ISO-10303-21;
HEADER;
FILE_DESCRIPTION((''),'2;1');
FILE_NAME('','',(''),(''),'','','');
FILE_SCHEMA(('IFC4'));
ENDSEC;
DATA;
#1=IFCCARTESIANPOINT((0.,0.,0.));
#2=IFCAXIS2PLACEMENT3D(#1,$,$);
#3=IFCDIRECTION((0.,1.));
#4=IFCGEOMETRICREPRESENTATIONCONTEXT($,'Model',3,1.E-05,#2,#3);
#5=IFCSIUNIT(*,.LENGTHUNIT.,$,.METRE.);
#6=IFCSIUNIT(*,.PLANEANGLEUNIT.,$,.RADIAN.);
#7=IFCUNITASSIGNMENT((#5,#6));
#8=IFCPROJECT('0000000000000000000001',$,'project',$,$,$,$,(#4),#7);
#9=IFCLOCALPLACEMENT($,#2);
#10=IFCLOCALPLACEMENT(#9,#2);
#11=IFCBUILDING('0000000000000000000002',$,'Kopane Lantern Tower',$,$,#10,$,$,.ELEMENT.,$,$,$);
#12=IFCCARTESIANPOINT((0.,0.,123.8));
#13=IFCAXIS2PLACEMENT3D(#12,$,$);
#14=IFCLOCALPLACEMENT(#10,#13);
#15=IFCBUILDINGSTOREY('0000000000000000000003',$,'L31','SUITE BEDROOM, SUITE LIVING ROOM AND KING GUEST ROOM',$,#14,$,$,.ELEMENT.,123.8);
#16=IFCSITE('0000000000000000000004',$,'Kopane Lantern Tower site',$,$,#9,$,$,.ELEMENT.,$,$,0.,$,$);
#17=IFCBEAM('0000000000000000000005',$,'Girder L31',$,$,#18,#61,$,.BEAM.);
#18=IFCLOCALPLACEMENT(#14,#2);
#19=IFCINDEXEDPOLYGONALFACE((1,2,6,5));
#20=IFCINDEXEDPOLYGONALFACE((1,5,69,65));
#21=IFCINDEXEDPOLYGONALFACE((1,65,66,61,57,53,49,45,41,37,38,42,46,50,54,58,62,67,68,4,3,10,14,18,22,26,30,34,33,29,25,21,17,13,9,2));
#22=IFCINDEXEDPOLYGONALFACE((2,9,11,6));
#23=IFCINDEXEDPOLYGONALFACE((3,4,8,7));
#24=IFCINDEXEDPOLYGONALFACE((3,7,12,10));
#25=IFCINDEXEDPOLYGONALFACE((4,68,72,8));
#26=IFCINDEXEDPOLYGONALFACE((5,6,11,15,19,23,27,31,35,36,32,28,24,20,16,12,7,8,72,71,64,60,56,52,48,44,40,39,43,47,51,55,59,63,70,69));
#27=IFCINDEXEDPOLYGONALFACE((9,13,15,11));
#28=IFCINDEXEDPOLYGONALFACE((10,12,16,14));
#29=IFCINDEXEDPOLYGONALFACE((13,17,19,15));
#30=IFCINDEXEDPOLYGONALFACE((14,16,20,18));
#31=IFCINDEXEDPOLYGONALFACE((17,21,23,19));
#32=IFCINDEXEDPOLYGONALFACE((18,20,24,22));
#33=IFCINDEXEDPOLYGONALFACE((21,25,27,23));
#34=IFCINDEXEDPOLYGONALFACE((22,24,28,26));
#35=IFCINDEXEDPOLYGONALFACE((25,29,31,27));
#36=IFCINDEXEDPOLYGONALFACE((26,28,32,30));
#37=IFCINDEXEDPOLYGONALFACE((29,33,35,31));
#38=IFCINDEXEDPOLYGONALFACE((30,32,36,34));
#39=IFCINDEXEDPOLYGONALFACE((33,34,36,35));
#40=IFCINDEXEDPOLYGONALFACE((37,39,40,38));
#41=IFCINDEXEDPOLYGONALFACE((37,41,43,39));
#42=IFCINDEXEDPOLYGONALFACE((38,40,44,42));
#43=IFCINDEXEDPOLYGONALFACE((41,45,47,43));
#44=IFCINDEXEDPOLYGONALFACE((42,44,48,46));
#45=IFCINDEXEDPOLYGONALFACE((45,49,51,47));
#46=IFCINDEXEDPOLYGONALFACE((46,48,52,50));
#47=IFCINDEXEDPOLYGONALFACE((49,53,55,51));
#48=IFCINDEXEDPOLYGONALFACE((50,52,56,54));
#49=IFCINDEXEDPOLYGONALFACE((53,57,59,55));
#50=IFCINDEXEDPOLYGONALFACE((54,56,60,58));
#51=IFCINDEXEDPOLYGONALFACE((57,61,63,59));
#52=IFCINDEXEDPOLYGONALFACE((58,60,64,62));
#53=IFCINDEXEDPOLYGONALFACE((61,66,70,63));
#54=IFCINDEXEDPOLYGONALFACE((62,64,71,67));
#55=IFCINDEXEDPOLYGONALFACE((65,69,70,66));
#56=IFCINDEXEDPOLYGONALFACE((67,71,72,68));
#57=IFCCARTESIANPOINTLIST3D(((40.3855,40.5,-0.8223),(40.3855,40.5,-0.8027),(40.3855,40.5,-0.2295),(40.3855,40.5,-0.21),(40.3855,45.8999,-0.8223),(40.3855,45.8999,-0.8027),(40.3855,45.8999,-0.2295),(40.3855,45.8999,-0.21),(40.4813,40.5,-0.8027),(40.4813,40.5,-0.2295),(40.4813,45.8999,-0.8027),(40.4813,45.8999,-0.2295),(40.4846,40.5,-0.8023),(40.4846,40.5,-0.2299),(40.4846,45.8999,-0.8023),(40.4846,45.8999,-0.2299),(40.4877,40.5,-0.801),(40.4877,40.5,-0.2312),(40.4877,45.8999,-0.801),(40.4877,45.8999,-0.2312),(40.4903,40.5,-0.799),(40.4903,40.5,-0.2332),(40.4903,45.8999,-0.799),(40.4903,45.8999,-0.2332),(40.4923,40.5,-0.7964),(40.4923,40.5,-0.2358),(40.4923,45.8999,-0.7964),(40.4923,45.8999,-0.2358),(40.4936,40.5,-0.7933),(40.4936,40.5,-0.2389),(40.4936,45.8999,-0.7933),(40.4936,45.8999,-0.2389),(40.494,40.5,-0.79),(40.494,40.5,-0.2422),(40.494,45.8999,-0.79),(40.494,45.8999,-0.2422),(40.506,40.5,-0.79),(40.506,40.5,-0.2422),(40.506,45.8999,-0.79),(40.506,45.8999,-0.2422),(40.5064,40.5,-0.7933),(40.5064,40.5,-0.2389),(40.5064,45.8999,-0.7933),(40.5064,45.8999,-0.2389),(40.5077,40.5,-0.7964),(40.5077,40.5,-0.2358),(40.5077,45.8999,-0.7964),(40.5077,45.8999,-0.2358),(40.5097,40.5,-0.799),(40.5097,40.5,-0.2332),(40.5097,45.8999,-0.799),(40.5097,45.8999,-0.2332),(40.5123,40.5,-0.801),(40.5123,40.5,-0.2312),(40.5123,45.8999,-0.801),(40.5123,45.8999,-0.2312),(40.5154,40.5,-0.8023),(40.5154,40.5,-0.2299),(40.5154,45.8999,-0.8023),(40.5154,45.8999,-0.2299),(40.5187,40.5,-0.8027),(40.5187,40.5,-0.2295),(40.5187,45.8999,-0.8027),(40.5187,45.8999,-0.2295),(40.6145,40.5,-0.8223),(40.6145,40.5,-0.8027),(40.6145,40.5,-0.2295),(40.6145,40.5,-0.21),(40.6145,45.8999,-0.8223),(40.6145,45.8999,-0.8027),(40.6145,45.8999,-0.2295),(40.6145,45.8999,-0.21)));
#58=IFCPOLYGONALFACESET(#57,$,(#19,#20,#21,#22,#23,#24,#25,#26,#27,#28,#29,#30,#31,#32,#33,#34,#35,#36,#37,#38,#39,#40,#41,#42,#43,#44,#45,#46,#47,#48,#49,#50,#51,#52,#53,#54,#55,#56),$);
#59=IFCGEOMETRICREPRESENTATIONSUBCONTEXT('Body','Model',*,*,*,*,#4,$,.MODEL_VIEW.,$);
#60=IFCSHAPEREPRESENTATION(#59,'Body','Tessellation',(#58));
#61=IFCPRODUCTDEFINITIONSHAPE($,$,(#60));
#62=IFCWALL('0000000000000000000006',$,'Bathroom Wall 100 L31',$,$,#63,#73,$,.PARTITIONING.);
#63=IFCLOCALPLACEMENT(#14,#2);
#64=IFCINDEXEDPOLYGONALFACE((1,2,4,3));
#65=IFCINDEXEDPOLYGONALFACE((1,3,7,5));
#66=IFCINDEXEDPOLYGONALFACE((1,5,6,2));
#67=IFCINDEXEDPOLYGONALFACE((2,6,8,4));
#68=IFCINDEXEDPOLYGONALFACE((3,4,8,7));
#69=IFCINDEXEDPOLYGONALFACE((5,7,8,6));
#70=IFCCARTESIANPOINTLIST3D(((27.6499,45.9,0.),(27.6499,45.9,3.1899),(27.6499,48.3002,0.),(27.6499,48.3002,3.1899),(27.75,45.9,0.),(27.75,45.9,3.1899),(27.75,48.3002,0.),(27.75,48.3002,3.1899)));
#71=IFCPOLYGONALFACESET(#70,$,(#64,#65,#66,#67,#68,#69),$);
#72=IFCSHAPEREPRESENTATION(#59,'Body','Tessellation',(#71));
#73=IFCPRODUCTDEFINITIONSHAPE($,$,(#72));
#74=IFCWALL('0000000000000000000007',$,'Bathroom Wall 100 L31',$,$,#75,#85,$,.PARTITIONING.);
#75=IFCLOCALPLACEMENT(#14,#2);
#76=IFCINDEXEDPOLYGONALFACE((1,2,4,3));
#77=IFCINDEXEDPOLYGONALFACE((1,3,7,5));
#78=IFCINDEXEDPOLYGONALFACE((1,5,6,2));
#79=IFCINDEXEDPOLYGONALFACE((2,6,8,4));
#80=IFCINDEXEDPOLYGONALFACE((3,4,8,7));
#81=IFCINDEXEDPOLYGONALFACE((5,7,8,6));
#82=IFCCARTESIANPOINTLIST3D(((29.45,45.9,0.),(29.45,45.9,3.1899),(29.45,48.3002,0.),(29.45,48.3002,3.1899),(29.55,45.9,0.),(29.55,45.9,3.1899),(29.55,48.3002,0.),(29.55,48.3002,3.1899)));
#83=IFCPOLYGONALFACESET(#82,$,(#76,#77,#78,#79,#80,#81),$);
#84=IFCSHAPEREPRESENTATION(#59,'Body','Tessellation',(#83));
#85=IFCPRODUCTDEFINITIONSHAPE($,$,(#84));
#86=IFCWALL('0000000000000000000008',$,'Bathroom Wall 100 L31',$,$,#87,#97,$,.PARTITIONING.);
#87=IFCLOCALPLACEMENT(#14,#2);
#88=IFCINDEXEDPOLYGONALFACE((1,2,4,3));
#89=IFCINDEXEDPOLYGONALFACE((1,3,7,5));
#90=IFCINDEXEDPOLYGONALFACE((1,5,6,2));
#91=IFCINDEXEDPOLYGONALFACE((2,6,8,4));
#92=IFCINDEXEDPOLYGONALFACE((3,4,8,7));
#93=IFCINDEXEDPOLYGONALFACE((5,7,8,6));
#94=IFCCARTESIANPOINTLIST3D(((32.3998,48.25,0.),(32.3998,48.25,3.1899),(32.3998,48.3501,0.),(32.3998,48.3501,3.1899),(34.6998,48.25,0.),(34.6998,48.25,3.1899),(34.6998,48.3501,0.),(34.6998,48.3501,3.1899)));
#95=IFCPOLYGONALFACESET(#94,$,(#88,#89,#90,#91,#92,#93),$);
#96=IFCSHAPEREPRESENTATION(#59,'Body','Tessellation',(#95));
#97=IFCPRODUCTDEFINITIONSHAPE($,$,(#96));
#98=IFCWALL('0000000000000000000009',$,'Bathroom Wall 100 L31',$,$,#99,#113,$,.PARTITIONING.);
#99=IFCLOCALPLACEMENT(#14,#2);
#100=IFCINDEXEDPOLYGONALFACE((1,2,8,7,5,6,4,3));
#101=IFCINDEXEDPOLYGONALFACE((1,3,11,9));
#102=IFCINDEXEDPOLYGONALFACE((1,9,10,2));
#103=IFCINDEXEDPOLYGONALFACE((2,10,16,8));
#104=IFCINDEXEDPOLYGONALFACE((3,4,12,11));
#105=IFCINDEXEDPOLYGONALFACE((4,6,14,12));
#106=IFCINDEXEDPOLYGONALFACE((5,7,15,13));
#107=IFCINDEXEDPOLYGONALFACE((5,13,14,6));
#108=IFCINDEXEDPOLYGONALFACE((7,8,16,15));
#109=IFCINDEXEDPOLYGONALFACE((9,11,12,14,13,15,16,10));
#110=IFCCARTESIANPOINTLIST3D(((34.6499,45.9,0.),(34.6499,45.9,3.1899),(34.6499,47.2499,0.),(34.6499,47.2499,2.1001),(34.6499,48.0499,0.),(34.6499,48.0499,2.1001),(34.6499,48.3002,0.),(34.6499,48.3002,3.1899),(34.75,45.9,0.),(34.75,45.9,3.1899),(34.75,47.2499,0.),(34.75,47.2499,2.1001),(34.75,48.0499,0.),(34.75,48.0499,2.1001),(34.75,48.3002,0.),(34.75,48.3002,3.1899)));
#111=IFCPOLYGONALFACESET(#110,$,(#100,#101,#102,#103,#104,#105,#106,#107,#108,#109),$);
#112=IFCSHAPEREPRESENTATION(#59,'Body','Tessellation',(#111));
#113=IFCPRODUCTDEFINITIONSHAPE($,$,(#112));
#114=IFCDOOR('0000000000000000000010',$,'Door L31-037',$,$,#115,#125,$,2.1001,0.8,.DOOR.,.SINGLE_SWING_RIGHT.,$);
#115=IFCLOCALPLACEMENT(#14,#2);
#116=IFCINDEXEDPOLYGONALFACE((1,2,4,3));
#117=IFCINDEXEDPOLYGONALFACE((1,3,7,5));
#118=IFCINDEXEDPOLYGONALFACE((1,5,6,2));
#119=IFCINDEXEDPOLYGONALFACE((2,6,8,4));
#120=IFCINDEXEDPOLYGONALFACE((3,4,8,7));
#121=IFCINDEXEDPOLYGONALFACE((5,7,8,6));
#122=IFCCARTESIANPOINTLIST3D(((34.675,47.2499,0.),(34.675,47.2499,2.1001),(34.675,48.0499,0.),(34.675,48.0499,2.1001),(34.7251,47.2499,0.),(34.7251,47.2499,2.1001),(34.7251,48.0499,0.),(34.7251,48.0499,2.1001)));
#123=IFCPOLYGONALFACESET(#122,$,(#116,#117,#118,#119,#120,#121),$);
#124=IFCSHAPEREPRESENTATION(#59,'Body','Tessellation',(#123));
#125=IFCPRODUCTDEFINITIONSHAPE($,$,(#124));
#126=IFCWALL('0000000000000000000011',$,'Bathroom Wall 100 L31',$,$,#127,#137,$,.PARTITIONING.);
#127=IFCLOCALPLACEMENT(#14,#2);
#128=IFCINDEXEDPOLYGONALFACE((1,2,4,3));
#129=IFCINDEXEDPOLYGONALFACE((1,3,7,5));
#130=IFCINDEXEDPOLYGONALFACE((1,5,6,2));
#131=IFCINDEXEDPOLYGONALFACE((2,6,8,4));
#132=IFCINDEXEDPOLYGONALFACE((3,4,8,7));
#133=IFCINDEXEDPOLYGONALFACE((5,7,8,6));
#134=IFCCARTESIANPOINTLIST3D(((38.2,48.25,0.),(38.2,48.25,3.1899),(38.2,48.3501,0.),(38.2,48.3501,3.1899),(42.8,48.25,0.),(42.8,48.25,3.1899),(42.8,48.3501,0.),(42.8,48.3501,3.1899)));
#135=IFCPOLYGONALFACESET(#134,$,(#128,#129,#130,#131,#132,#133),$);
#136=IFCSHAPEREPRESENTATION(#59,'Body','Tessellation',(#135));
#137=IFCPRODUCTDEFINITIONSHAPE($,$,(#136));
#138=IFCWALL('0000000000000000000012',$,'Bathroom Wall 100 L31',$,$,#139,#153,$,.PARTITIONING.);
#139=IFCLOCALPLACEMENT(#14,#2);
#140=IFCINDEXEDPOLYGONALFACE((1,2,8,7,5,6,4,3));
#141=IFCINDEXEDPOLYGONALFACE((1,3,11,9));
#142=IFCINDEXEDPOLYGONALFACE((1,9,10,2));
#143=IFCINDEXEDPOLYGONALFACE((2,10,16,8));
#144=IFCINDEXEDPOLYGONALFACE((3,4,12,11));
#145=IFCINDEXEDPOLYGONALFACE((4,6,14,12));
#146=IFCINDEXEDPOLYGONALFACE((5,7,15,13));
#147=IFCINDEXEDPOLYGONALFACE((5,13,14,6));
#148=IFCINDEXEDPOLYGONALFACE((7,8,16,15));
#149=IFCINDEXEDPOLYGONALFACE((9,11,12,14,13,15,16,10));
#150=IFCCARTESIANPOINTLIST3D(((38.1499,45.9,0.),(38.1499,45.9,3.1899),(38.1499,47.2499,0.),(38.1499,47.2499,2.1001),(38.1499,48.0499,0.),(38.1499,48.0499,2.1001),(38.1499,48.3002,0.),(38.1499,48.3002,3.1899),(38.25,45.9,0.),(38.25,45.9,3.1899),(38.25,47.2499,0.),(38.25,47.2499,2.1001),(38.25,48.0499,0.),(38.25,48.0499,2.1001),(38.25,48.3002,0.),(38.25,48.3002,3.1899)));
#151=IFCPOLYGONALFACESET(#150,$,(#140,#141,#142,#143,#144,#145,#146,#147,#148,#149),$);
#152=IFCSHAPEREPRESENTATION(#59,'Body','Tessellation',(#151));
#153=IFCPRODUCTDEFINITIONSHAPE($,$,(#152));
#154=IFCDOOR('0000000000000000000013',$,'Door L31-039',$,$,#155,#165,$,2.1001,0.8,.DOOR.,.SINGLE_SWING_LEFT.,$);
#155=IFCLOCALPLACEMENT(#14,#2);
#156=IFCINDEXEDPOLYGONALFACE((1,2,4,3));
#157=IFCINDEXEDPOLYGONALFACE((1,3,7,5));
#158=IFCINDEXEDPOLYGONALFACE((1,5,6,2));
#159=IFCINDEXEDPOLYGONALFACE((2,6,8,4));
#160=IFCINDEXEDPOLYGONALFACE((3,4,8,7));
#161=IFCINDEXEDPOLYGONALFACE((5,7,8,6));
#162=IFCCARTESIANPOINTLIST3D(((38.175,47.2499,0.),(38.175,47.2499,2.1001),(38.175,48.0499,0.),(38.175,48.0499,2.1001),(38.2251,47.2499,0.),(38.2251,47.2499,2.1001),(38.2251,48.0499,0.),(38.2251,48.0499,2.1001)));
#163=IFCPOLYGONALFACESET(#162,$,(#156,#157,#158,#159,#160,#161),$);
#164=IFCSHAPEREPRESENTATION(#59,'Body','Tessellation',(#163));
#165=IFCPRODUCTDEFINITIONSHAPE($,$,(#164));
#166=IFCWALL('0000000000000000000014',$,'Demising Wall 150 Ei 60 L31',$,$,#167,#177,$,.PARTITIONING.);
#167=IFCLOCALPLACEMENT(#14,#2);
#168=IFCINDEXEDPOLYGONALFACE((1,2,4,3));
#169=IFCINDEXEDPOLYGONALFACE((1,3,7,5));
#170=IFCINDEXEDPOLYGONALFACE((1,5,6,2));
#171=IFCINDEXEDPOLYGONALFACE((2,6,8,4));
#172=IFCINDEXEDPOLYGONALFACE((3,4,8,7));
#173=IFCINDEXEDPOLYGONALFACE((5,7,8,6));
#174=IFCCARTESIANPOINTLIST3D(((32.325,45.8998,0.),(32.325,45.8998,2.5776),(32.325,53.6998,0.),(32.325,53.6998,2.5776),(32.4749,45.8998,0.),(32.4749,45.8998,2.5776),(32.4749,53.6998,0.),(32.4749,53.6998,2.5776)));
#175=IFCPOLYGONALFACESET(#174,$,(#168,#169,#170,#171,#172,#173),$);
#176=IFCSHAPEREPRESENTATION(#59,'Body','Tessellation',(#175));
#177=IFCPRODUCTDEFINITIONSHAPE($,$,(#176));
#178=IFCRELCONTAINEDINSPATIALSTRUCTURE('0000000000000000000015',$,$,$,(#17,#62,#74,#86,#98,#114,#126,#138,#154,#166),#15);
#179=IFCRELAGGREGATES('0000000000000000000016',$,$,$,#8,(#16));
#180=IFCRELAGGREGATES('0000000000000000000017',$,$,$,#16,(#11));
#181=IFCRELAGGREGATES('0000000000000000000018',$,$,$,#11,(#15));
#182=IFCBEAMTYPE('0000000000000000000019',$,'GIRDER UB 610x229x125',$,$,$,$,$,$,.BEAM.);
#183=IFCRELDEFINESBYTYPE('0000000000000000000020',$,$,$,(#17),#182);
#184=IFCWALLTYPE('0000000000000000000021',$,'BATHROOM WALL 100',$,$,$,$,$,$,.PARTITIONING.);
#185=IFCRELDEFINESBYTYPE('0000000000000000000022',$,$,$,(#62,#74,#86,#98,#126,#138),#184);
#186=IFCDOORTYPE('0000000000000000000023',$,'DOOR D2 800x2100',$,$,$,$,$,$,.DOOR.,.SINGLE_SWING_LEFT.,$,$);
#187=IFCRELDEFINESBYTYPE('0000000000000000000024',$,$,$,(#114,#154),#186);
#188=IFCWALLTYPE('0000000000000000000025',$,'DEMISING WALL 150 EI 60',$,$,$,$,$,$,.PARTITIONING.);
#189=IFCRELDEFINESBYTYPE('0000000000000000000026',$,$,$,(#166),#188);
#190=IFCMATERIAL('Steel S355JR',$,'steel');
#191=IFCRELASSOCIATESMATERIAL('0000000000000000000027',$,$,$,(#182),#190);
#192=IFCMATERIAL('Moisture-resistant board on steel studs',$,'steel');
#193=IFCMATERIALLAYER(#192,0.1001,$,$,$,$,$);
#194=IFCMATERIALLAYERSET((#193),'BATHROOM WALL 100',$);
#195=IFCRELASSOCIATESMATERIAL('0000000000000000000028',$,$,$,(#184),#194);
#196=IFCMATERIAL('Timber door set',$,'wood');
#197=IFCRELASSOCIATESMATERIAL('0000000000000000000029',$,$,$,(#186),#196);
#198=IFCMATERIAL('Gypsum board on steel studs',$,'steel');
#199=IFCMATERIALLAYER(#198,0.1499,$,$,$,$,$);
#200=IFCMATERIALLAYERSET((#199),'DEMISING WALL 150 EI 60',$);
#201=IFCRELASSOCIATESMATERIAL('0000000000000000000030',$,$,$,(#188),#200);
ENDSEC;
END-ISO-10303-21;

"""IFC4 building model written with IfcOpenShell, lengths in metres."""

from ifc_helpers import new_model, si_unit, direction, frame, frame_2d, origin, origin_2d, place, context, subcontext, project, spatial, rectangle, i_section, extrude, material, layer, layer_set, material_profile, profile_set, type_object, element, fill, save


model = new_model("IFC4")

# Units and contexts
model_context = context("Model", 3, precision=1e-05, world=origin(), true_north=direction((0.0, 1.0)))
body_context = subcontext(model_context, "Body", "Model", "MODEL_VIEW")
ifc_project = project(units=[si_unit("LENGTHUNIT", "METRE"), si_unit("PLANEANGLEUNIT", "RADIAN")], contexts=[model_context])

# Site, building, storey
site_placement = place(None, origin())
site = spatial("IfcSite", under=ifc_project, at=site_placement, Name="Kopane Lantern Tower site", CompositionType="ELEMENT", RefElevation=0.0)
building_placement = place(site_placement, origin())
building = spatial("IfcBuilding", under=site, at=building_placement, Name="Kopane Lantern Tower", CompositionType="ELEMENT")
storey_placement = place(building_placement, frame((0.0, 0.0, 123.8)))
storey = spatial("IfcBuildingStorey", under=building, at=storey_placement, Name="L31", Description="SUITE BEDROOM, SUITE LIVING ROOM AND KING GUEST ROOM", CompositionType="ELEMENT", Elevation=123.8)

# Beam
ifc_material_1 = material(Name="Steel S355JR", Category="steel")
ifc_material_profile_1 = material_profile(ifc_material_1, i_section(OverallWidth=0.229, OverallDepth=0.6123, WebThickness=0.012, FlangeThickness=0.0195, FilletRadius=0.0127, at=origin_2d()), Name="UB 610x229x125")
ifc_profile_set_1 = profile_set([ifc_material_profile_1], Name="Steel S355JR")
beam_type = type_object("IfcBeamType", Name="GIRDER UB 610x229x125", PredefinedType="BEAM", material=ifc_profile_set_1)
beam_1_placement = place(storey_placement, frame((40.5, 40.5, -0.5161), z_axis=(0.0, 1.0, 0.0), x_axis=(-1.0, 0.0, 0.0)))
element("IfcBeam", 1, at=beam_1_placement, inside=storey, type_object=beam_type, Name="Girder L31", PredefinedType="BEAM", context=body_context, shape_type="SweptSolid", body=[
    extrude(i_section(OverallWidth=0.229, OverallDepth=0.6123, WebThickness=0.012, FlangeThickness=0.0195, FilletRadius=0.0127, at=origin_2d()), origin(), (0.0, 0.0, 1.0), 5.3999),
])

# Walls
ifc_material_2 = material(Name="Moisture-resistant board on steel studs", Category="steel")
ifc_layer_1 = layer(ifc_material_2, 0.1001)
ifc_layer_set_1 = layer_set([ifc_layer_1], Name="BATHROOM WALL 100")
wall_type_1 = type_object("IfcWallType", Name="BATHROOM WALL 100", PredefinedType="PARTITIONING", material=ifc_layer_set_1)
for number, where, z_axis, x_axis, name in (
    (2, (27.7, 45.8999, 0.0), (0.0, 0.0, 1.0), (0.0, 1.0, 0.0), "Bathroom Wall 100 L31"),
    (3, (29.5, 45.8999, 0.0), (0.0, 0.0, 1.0), (0.0, 1.0, 0.0), "Bathroom Wall 100 L31"),
):
    element("IfcWall", number, at=place(storey_placement, frame(where, z_axis=z_axis, x_axis=x_axis)), inside=storey, type_object=wall_type_1, Name=name, PredefinedType="PARTITIONING", context=body_context, shape_type="SweptSolid", body=[
        extrude(rectangle(XDim=2.4001, YDim=0.1001, at=frame_2d((1.2002, 0.0))), origin(), (0.0, 0.0, 1.0), 3.1899),
    ])
wall_1_placement = place(storey_placement, frame((32.3999, 48.3, 0.0), z_axis=(0.0, 0.0, 1.0), x_axis=(1.0, 0.0, 0.0)))
element("IfcWall", 4, at=wall_1_placement, inside=storey, type_object=wall_type_1, Name="Bathroom Wall 100 L31", PredefinedType="PARTITIONING", context=body_context, shape_type="SweptSolid", body=[
    extrude(rectangle(XDim=2.3, YDim=0.1001, at=frame_2d((1.1499, 0.0))), origin(), (0.0, 0.0, 1.0), 3.1899),
])

# Wall, opening, door
wall_2_placement = place(storey_placement, frame((34.7, 45.8999, 0.0), z_axis=(0.0, 0.0, 1.0), x_axis=(0.0, 1.0, 0.0)))
wall_2 = element("IfcWall", 5, at=wall_2_placement, inside=storey, type_object=wall_type_1, Name="Bathroom Wall 100 L31", PredefinedType="PARTITIONING", context=body_context, shape_type="SweptSolid", body=[
    extrude(rectangle(XDim=2.4001, YDim=0.1001, at=frame_2d((1.2002, 0.0))), origin(), (0.0, 0.0, 1.0), 3.1899),
])
opening_1_placement = place(wall_2_placement, frame((1.3501, 0.0, 0.0)))
opening_1 = element("IfcOpeningElement", 6, at=opening_1_placement, cuts=wall_2, PredefinedType="OPENING", context=body_context, shape_type="SweptSolid", body=[
    extrude(rectangle(XDim=0.8, YDim=2.1001, at=frame_2d((0.3999, 1.05))), frame((0.0, 0.0601, 0.0), z_axis=(0.0, -1.0, 0.0), x_axis=(1.0, 0.0, 0.0)), (0.0, 0.0, 1.0), 0.1201),
])
ifc_material_3 = material(Name="Timber door set", Category="wood")
door_type = type_object("IfcDoorType", Name="DOOR D2 800x2100", OperationType="SINGLE_SWING_LEFT", PredefinedType="DOOR", material=ifc_material_3)
door_1_placement = place(opening_1_placement, origin())
door_1 = element("IfcDoor", 7, at=door_1_placement, inside=storey, type_object=door_type, Name="Door L31-037", OperationType="SINGLE_SWING_RIGHT", OverallHeight=2.1001, OverallWidth=0.8, PredefinedType="DOOR", context=body_context, shape_type="SweptSolid", body=[
    extrude(rectangle(XDim=0.8, YDim=2.1001, at=frame_2d((0.3999, 1.05))), frame((0.0, 0.0249, 0.0), z_axis=(0.0, -1.0, 0.0), x_axis=(1.0, 0.0, 0.0)), (0.0, 0.0, 1.0), 0.05),
])
fill(opening_1, door_1)

# Wall
wall_3_placement = place(storey_placement, frame((38.2, 48.3, 0.0), z_axis=(0.0, 0.0, 1.0), x_axis=(1.0, 0.0, 0.0)))
element("IfcWall", 8, at=wall_3_placement, inside=storey, type_object=wall_type_1, Name="Bathroom Wall 100 L31", PredefinedType="PARTITIONING", context=body_context, shape_type="SweptSolid", body=[
    extrude(rectangle(XDim=4.6001, YDim=0.1001, at=frame_2d((2.3, 0.0))), origin(), (0.0, 0.0, 1.0), 3.1899),
])

# Wall, opening, door
wall_4_placement = place(storey_placement, frame((38.2, 45.8999, 0.0), z_axis=(0.0, 0.0, 1.0), x_axis=(0.0, 1.0, 0.0)))
wall_4 = element("IfcWall", 9, at=wall_4_placement, inside=storey, type_object=wall_type_1, Name="Bathroom Wall 100 L31", PredefinedType="PARTITIONING", context=body_context, shape_type="SweptSolid", body=[
    extrude(rectangle(XDim=2.4001, YDim=0.1001, at=frame_2d((1.2002, 0.0))), origin(), (0.0, 0.0, 1.0), 3.1899),
])
opening_2_placement = place(wall_4_placement, frame((1.3501, 0.0, 0.0)))
opening_2 = element("IfcOpeningElement", 10, at=opening_2_placement, cuts=wall_4, PredefinedType="OPENING", context=body_context, shape_type="SweptSolid", body=[
    extrude(rectangle(XDim=0.8, YDim=2.1001, at=frame_2d((0.3999, 1.05))), frame((0.0, 0.0601, 0.0), z_axis=(0.0, -1.0, 0.0), x_axis=(1.0, 0.0, 0.0)), (0.0, 0.0, 1.0), 0.1201),
])
door_2_placement = place(opening_2_placement, origin())
door_2 = element("IfcDoor", 11, at=door_2_placement, inside=storey, type_object=door_type, Name="Door L31-039", OperationType="SINGLE_SWING_LEFT", OverallHeight=2.1001, OverallWidth=0.8, PredefinedType="DOOR", context=body_context, shape_type="SweptSolid", body=[
    extrude(rectangle(XDim=0.8, YDim=2.1001, at=frame_2d((0.3999, 1.05))), frame((0.0, 0.0249, 0.0), z_axis=(0.0, -1.0, 0.0), x_axis=(1.0, 0.0, 0.0)), (0.0, 0.0, 1.0), 0.05),
])
fill(opening_2, door_2)

# Wall
ifc_material_4 = material(Name="Gypsum board on steel studs", Category="steel")
ifc_layer_2 = layer(ifc_material_4, 0.1499)
ifc_layer_set_2 = layer_set([ifc_layer_2], Name="DEMISING WALL 150 EI 60")
wall_type_2 = type_object("IfcWallType", Name="DEMISING WALL 150 EI 60", PredefinedType="PARTITIONING", material=ifc_layer_set_2)
wall_5_placement = place(storey_placement, frame((32.3999, 45.8999, 0.0), z_axis=(0.0, 0.0, 1.0), x_axis=(0.0, 1.0, 0.0)))
element("IfcWall", 12, at=wall_5_placement, inside=storey, type_object=wall_type_2, Name="Demising Wall 150 Ei 60 L31", PredefinedType="PARTITIONING", context=body_context, shape_type="SweptSolid", body=[
    extrude(rectangle(XDim=7.8, YDim=0.1499, at=frame_2d((3.8999, 0.0))), origin(), (0.0, 0.0, 1.0), 2.5776),
])

save(model, "model.ifc")
